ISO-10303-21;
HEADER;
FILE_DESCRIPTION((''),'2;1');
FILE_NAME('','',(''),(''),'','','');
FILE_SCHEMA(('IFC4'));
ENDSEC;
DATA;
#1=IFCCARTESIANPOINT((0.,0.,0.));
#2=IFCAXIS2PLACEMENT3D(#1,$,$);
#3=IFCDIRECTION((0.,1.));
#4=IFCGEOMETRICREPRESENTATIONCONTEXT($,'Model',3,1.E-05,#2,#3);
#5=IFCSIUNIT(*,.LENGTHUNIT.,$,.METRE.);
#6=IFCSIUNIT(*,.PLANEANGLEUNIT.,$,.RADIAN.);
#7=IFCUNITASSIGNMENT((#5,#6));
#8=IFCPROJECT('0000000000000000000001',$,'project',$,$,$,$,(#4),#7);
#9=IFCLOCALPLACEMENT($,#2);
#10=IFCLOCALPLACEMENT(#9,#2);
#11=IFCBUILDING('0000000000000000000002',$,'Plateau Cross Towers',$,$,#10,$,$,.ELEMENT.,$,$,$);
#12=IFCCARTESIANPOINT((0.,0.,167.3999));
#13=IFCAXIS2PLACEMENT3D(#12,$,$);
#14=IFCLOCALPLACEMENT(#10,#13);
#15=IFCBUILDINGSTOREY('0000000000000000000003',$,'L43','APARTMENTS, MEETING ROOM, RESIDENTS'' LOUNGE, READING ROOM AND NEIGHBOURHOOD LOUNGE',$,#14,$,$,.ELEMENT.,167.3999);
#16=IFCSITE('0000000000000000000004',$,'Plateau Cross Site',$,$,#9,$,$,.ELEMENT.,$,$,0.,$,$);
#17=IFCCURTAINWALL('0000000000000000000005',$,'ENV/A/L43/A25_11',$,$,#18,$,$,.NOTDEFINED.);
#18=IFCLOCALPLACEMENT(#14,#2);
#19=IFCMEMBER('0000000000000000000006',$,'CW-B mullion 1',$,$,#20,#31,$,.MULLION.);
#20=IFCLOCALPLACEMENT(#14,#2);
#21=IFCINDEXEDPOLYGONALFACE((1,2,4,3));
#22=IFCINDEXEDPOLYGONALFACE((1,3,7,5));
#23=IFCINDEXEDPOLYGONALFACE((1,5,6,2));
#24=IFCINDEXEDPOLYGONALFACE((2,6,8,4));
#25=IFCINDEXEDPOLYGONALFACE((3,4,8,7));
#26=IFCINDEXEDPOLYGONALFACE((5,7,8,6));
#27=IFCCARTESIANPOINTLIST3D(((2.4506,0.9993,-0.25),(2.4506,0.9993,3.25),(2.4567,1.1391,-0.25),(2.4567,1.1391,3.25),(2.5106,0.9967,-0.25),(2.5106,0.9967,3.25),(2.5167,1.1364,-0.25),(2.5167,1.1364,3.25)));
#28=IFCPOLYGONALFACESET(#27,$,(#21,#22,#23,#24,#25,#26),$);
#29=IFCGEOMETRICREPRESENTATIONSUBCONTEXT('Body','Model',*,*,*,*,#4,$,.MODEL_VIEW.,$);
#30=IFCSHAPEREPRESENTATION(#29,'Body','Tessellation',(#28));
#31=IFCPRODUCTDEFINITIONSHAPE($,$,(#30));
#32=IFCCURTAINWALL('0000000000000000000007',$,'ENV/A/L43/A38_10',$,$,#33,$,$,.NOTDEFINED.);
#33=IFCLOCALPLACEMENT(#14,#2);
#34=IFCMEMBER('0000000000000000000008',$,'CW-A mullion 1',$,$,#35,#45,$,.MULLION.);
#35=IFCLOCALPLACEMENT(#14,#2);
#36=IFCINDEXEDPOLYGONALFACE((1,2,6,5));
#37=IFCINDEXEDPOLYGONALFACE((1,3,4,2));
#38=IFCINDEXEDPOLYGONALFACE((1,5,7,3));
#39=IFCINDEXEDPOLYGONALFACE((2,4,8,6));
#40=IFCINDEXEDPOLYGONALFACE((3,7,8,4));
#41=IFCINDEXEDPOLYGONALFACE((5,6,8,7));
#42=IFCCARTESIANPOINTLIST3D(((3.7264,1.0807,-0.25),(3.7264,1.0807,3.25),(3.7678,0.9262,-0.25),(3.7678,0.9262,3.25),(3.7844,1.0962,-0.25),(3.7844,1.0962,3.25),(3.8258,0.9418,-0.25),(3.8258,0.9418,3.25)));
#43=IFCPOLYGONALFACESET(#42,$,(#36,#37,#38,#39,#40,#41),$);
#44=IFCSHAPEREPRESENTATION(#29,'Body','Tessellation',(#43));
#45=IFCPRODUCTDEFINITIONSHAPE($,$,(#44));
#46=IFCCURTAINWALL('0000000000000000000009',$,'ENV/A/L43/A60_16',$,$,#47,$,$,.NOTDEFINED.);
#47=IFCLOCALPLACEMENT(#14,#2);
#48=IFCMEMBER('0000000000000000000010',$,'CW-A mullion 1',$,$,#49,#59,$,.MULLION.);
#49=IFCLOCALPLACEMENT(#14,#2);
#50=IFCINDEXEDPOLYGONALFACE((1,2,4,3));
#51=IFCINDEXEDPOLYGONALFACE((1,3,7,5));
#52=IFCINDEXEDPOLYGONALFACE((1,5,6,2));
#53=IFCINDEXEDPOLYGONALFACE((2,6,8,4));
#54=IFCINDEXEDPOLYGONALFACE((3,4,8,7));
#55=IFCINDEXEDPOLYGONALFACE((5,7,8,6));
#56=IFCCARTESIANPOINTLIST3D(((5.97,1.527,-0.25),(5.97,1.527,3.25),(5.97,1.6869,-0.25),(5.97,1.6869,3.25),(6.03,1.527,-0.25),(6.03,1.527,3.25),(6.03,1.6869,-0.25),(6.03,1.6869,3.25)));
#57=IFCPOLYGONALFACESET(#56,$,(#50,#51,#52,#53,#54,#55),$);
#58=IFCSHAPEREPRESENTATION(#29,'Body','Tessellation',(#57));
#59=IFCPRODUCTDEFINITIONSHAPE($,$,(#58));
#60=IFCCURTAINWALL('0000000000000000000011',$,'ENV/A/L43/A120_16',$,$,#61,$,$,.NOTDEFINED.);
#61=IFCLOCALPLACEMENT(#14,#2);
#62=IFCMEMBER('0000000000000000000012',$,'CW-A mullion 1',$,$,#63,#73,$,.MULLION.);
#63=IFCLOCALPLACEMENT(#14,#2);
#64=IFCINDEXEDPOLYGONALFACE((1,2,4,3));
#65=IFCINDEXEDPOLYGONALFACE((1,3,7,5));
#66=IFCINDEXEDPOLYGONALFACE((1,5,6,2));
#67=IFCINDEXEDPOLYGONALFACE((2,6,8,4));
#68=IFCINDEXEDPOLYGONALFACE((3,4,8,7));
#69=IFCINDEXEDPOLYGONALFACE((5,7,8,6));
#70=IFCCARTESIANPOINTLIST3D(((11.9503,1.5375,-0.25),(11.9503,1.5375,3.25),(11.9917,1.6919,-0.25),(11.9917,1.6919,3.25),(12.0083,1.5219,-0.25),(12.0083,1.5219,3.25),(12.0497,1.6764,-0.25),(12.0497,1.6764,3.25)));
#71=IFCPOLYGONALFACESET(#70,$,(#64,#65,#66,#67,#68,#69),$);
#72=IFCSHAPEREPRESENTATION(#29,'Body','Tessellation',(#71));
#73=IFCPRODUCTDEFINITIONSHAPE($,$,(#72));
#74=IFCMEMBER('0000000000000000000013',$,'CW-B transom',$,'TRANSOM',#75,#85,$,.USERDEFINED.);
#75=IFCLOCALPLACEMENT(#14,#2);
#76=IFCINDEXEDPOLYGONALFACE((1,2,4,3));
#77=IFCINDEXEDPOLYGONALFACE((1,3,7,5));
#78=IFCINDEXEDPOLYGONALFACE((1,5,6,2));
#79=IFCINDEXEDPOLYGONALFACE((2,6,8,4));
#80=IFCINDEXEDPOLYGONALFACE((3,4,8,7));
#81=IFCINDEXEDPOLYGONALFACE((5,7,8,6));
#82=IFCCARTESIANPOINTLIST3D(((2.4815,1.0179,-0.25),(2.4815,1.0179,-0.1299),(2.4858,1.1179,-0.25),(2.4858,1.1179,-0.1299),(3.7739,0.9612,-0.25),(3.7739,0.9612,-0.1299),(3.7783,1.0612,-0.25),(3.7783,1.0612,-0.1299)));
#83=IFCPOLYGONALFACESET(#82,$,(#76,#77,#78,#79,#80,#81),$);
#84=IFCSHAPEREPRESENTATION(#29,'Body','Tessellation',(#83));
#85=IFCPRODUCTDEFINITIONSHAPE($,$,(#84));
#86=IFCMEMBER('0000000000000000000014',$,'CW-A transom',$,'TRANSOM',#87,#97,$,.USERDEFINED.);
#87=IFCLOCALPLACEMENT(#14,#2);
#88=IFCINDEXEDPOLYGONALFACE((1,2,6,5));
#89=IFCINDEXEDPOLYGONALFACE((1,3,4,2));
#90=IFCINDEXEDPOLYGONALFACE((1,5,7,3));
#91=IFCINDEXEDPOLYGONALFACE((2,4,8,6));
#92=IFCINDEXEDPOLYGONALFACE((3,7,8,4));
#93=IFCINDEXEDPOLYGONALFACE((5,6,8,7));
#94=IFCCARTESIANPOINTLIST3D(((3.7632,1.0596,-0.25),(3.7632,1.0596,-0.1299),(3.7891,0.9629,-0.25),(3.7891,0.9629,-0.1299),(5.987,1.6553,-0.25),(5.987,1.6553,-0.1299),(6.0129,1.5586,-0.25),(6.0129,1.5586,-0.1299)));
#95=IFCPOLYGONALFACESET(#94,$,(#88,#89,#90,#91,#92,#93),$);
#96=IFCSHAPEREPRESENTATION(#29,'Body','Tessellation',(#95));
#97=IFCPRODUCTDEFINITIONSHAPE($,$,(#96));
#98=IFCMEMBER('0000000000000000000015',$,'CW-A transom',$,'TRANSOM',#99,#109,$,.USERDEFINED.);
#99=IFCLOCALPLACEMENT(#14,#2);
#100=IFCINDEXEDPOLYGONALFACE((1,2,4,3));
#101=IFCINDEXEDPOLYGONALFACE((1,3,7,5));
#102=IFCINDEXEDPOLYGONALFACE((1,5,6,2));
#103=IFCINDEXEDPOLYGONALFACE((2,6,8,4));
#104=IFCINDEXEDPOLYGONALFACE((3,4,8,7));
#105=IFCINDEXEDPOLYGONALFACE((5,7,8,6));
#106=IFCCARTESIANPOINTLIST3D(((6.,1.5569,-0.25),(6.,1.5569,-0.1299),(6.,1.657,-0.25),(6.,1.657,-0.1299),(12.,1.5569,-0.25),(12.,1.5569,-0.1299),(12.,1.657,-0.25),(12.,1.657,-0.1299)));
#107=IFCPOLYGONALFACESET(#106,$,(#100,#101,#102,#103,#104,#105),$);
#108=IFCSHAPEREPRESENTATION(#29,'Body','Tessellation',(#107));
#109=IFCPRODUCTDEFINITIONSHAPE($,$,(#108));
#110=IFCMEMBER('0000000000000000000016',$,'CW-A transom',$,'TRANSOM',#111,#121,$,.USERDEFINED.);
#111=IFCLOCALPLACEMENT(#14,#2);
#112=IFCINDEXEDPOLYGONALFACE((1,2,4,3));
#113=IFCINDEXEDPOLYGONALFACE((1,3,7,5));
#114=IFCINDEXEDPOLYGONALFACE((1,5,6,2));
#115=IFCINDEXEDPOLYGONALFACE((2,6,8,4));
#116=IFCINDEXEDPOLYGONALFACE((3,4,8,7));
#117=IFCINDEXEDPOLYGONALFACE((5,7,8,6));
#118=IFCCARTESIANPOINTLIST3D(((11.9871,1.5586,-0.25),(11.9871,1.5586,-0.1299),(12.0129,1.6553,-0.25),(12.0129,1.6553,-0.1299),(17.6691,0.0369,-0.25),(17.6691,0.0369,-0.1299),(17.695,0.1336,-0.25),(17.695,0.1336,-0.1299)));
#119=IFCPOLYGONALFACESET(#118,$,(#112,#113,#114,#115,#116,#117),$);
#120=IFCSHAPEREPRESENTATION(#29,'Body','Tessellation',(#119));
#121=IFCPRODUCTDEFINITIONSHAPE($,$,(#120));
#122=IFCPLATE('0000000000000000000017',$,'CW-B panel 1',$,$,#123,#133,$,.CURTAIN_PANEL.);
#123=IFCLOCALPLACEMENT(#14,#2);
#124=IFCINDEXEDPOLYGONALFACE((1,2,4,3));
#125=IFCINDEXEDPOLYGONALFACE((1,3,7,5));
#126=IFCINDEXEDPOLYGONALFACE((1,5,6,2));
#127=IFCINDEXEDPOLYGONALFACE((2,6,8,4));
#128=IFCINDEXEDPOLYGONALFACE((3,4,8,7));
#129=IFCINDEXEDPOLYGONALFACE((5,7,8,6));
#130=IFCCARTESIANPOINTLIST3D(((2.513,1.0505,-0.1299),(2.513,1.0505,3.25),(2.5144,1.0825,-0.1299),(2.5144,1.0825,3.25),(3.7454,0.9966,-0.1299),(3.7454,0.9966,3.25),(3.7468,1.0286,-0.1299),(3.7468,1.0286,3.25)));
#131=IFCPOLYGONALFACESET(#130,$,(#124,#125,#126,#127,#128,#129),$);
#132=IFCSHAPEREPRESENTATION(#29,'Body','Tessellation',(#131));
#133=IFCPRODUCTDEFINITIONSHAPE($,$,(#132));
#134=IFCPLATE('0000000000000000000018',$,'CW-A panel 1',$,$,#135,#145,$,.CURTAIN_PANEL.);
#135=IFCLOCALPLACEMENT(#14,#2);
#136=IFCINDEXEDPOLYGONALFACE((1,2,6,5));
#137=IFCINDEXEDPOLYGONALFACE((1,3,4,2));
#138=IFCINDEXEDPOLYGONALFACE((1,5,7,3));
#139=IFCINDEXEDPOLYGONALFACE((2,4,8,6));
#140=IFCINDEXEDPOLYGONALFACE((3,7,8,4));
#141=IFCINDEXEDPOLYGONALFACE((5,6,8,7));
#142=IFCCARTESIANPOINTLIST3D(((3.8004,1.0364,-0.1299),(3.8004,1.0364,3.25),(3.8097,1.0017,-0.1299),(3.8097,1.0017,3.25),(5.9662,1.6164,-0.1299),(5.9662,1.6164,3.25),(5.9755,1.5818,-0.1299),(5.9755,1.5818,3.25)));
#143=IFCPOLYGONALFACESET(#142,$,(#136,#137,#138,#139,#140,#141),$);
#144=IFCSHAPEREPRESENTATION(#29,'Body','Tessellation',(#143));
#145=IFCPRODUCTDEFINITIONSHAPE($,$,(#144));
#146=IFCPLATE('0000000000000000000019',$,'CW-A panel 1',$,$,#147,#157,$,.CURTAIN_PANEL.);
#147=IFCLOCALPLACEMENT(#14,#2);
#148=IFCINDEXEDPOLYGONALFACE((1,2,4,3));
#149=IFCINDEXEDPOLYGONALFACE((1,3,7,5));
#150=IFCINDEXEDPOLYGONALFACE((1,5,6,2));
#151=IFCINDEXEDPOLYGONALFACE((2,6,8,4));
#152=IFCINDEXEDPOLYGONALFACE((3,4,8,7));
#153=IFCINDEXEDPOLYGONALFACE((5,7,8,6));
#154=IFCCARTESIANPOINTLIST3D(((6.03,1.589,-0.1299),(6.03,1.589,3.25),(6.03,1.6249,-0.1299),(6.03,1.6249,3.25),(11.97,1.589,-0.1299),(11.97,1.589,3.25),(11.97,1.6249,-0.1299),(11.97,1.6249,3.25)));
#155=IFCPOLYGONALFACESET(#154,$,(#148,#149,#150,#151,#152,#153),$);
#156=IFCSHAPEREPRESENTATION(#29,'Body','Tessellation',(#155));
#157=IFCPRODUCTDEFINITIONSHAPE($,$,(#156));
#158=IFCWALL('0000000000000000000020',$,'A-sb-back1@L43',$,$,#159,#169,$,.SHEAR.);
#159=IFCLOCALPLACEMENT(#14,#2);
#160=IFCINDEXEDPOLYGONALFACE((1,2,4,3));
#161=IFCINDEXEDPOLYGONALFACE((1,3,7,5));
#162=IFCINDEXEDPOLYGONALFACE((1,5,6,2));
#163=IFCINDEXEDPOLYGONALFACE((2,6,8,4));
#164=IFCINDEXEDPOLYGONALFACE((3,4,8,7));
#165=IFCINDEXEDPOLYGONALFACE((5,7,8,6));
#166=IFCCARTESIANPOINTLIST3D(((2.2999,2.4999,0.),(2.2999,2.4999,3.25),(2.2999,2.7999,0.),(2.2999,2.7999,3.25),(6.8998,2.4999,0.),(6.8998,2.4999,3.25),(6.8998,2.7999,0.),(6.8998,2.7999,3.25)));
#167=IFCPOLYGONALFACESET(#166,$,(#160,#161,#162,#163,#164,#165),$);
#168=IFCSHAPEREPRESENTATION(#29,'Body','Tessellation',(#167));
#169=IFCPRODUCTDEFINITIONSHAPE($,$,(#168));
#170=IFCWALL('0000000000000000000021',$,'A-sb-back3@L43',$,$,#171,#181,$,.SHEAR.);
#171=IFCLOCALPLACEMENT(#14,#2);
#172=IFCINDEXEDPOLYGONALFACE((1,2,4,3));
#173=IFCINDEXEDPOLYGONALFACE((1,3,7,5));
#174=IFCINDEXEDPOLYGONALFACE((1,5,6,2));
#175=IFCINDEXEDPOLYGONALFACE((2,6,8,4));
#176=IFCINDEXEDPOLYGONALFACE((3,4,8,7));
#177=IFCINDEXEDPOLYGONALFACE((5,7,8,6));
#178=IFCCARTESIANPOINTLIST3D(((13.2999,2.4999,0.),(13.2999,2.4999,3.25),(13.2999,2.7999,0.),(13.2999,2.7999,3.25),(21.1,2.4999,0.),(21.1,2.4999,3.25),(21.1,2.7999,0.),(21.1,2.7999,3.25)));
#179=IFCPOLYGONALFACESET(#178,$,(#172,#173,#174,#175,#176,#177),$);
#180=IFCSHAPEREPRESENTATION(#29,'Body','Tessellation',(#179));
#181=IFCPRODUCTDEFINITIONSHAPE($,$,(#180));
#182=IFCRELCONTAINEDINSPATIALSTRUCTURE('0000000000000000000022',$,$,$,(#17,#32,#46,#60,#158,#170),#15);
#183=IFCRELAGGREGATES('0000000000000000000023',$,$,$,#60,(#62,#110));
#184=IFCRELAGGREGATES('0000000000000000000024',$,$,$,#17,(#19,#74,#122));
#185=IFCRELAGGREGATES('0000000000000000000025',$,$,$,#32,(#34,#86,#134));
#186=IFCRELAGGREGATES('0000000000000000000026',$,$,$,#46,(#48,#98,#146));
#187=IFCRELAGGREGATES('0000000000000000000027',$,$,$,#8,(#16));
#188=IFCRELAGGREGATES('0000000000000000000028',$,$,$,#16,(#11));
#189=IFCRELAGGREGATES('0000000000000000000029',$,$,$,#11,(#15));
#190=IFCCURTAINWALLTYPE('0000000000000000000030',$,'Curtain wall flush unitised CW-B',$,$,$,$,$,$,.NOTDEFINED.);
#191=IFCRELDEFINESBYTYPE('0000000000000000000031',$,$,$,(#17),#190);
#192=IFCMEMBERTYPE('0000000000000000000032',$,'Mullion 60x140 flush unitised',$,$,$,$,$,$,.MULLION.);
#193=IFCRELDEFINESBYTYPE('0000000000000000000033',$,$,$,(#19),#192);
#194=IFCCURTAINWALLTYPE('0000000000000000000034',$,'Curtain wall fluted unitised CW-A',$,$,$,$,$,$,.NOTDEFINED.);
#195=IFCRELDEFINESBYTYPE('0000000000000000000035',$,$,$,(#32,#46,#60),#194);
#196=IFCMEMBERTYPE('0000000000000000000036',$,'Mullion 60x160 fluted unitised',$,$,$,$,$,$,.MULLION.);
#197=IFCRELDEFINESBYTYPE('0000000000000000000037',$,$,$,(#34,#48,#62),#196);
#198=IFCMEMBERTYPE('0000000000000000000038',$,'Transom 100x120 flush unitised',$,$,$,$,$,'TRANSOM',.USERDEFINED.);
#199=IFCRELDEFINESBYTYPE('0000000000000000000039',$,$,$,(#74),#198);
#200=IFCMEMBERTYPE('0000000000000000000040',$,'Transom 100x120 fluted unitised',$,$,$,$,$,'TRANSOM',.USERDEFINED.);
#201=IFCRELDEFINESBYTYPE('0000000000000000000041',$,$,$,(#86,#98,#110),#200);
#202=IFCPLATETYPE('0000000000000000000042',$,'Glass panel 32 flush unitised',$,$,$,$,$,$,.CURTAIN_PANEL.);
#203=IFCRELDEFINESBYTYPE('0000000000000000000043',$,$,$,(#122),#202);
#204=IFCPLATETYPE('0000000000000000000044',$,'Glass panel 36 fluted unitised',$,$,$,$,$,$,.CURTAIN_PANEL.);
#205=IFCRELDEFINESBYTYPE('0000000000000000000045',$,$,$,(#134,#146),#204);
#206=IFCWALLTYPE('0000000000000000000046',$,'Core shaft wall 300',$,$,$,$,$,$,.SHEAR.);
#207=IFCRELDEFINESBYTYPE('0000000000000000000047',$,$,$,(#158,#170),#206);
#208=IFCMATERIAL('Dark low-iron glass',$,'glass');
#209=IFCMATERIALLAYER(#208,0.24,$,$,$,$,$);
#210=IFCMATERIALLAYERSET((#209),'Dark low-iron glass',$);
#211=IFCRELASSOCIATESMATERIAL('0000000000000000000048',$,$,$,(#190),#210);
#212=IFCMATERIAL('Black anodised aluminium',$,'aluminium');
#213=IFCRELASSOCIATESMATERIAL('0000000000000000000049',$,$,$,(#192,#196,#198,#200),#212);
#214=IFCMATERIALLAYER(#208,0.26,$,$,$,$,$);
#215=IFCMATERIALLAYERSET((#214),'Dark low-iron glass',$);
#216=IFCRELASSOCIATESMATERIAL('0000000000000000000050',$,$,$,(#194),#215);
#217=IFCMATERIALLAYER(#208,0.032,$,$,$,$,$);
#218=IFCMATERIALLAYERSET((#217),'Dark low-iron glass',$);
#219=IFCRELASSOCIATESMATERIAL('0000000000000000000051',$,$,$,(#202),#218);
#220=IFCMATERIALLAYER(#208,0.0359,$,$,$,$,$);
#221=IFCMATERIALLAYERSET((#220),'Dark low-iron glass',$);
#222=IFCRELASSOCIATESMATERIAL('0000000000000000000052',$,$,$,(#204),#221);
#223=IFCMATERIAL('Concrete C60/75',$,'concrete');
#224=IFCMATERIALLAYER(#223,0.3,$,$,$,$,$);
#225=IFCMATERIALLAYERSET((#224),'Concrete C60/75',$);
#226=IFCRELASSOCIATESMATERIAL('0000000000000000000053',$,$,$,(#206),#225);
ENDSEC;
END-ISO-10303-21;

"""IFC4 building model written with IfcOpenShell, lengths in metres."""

from ifc_helpers import new_model, si_unit, direction, frame, frame_2d, origin, origin_2d, place, context, subcontext, project, spatial, rectangle, extrude, material, layer, layer_set, material_profile, profile_set, type_object, element, aggregate, save


model = new_model("IFC4")

# Units and contexts
model_context = context("Model", 3, precision=1e-05, world=origin(), true_north=direction((0.0, 1.0)))
body_context = subcontext(model_context, "Body", "Model", "MODEL_VIEW")
ifc_project = project(units=[si_unit("LENGTHUNIT", "METRE"), si_unit("PLANEANGLEUNIT", "RADIAN")], contexts=[model_context])

# Site, building, storey
site_placement = place(None, origin())
site = spatial("IfcSite", under=ifc_project, at=site_placement, Name="Plateau Cross Site", CompositionType="ELEMENT", RefElevation=0.0)
building_placement = place(site_placement, origin())
building = spatial("IfcBuilding", under=site, at=building_placement, Name="Plateau Cross Towers", CompositionType="ELEMENT")
storey_placement = place(building_placement, frame((0.0, 0.0, 167.3999)))
storey = spatial("IfcBuildingStorey", under=building, at=storey_placement, Name="L43", Description="APARTMENTS, MEETING ROOM, RESIDENTS' LOUNGE, READING ROOM AND NEIGHBOURHOOD LOUNGE", CompositionType="ELEMENT", Elevation=167.3999)

# Curtain walls, members
ifc_material_1 = material(Name="Dark low-iron glass", Category="glass")
ifc_layer_1 = layer(ifc_material_1, 0.24)
ifc_layer_set_1 = layer_set([ifc_layer_1], Name="Dark low-iron glass")
curtain_wall_type_1 = type_object("IfcCurtainWallType", Name="Curtain wall flush unitised CW-B", PredefinedType="NOTDEFINED", material=ifc_layer_set_1)
curtain_wall_1_placement = place(storey_placement, origin())
curtain_wall_1 = element("IfcCurtainWall", 1, at=curtain_wall_1_placement, inside=storey, type_object=curtain_wall_type_1, Name="ENV/A/L43/A25_11", PredefinedType="NOTDEFINED")
ifc_material_2 = material(Name="Black anodised aluminium", Category="aluminium")
ifc_material_profile_1 = material_profile(ifc_material_2, rectangle(XDim=0.0601, YDim=0.1399, at=origin_2d()), Name="MULLION 60x140")
ifc_profile_set_1 = profile_set([ifc_material_profile_1], Name="Black anodised aluminium")
member_type_1 = type_object("IfcMemberType", Name="Mullion 60x140 flush unitised", PredefinedType="MULLION", material=ifc_profile_set_1)
member_1_placement = place(storey_placement, frame((2.4836, 1.0679, -0.25), z_axis=(0.0, 0.0, 1.0), x_axis=(0.999044, -0.043723, 0.0)))
member_1 = element("IfcMember", 2, at=member_1_placement, type_object=member_type_1, Name="CW-B mullion 1", PredefinedType="MULLION", context=body_context, shape_type="SweptSolid", body=[
    extrude(rectangle(XDim=0.0601, YDim=0.1399, at=origin_2d()), origin(), (0.0, 0.0, 1.0), 3.5),
])
ifc_layer_2 = layer(ifc_material_1, 0.26)
ifc_layer_set_2 = layer_set([ifc_layer_2], Name="Dark low-iron glass")
curtain_wall_type_2 = type_object("IfcCurtainWallType", Name="Curtain wall fluted unitised CW-A", PredefinedType="NOTDEFINED", material=ifc_layer_set_2)
curtain_wall_2_placement = place(storey_placement, origin())
curtain_wall_2 = element("IfcCurtainWall", 3, at=curtain_wall_2_placement, inside=storey, type_object=curtain_wall_type_2, Name="ENV/A/L43/A38_10", PredefinedType="NOTDEFINED")
ifc_material_profile_2 = material_profile(ifc_material_2, rectangle(XDim=0.0601, YDim=0.1599, at=origin_2d()), Name="MULLION 60x160")
ifc_profile_set_2 = profile_set([ifc_material_profile_2], Name="Black anodised aluminium")
member_type_2 = type_object("IfcMemberType", Name="Mullion 60x160 fluted unitised", PredefinedType="MULLION", material=ifc_profile_set_2)
member_2_placement = place(storey_placement, frame((3.7761, 1.0112, -0.25), z_axis=(0.0, 0.0, 1.0), x_axis=(0.965958, 0.258699, 0.0)))
member_2 = element("IfcMember", 4, at=member_2_placement, type_object=member_type_2, Name="CW-A mullion 1", PredefinedType="MULLION", context=body_context, shape_type="SweptSolid", body=[
    extrude(rectangle(XDim=0.0601, YDim=0.1599, at=origin_2d()), origin(), (0.0, 0.0, 1.0), 3.5),
])
curtain_wall_3_placement = place(storey_placement, origin())
curtain_wall_3 = element("IfcCurtainWall", 5, at=curtain_wall_3_placement, inside=storey, type_object=curtain_wall_type_2, Name="ENV/A/L43/A60_16", PredefinedType="NOTDEFINED")
member_3_placement = place(storey_placement, frame((6.0, 1.6069, -0.25), z_axis=(0.0, 0.0, 1.0), x_axis=(1.0, 0.0, 0.0)))
member_3 = element("IfcMember", 6, at=member_3_placement, type_object=member_type_2, Name="CW-A mullion 1", PredefinedType="MULLION", context=body_context, shape_type="SweptSolid", body=[
    extrude(rectangle(XDim=0.0601, YDim=0.1599, at=origin_2d()), origin(), (0.0, 0.0, 1.0), 3.5),
])
curtain_wall_4_placement = place(storey_placement, origin())
curtain_wall_4 = element("IfcCurtainWall", 7, at=curtain_wall_4_placement, inside=storey, type_object=curtain_wall_type_2, Name="ENV/A/L43/A120_16", PredefinedType="NOTDEFINED")
member_4_placement = place(storey_placement, frame((12.0, 1.6069, -0.25), z_axis=(0.0, 0.0, 1.0), x_axis=(0.965958, -0.258699, 0.0)))
member_4 = element("IfcMember", 8, at=member_4_placement, type_object=member_type_2, Name="CW-A mullion 1", PredefinedType="MULLION", context=body_context, shape_type="SweptSolid", body=[
    extrude(rectangle(XDim=0.0601, YDim=0.1599, at=origin_2d()), origin(), (0.0, 0.0, 1.0), 3.5),
])

# Members
ifc_material_profile_3 = material_profile(ifc_material_2, rectangle(XDim=0.1001, YDim=0.1201, at=origin_2d()), Name="TRANSOM 100x120")
ifc_profile_set_3 = profile_set([ifc_material_profile_3], Name="Black anodised aluminium")
member_type_3 = type_object("IfcMemberType", Name="Transom 100x120 flush unitised", ElementType="TRANSOM", PredefinedType="USERDEFINED", material=ifc_profile_set_3)
member_5_placement = place(storey_placement, frame((2.4836, 1.0679, -0.1899), z_axis=(0.999041, -0.043781, 0.0), x_axis=(0.043781, 0.999041, 0.0)))
member_5 = element("IfcMember", 9, at=member_5_placement, type_object=member_type_3, Name="CW-B transom", ObjectType="TRANSOM", PredefinedType="USERDEFINED", context=body_context, shape_type="SweptSolid", body=[
    extrude(rectangle(XDim=0.1001, YDim=0.1201, at=origin_2d()), origin(), (0.0, 0.0, 1.0), 1.2937),
])
ifc_material_profile_4 = material_profile(ifc_material_2, rectangle(XDim=0.1001, YDim=0.1201, at=origin_2d()), Name="TRANSOM 100x120")
ifc_profile_set_4 = profile_set([ifc_material_profile_4], Name="Black anodised aluminium")
member_type_4 = type_object("IfcMemberType", Name="Transom 100x120 fluted unitised", ElementType="TRANSOM", PredefinedType="USERDEFINED", material=ifc_profile_set_4)
member_6_placement = place(storey_placement, frame((3.7761, 1.0112, -0.1899), z_axis=(0.965946, 0.258745, 0.0), x_axis=(-0.258745, 0.965946, 0.0)))
member_6 = element("IfcMember", 10, at=member_6_placement, type_object=member_type_4, Name="CW-A transom", ObjectType="TRANSOM", PredefinedType="USERDEFINED", context=body_context, shape_type="SweptSolid", body=[
    extrude(rectangle(XDim=0.1001, YDim=0.1201, at=origin_2d()), origin(), (0.0, 0.0, 1.0), 2.3022),
])
member_7_placement = place(storey_placement, frame((6.0, 1.6069, -0.1899), z_axis=(1.0, 0.0, 0.0), x_axis=(0.0, 1.0, 0.0)))
member_7 = element("IfcMember", 11, at=member_7_placement, type_object=member_type_4, Name="CW-A transom", ObjectType="TRANSOM", PredefinedType="USERDEFINED", context=body_context, shape_type="SweptSolid", body=[
    extrude(rectangle(XDim=0.1001, YDim=0.1201, at=origin_2d()), origin(), (0.0, 0.0, 1.0), 6.0),
])
member_8_placement = place(storey_placement, frame((12.0, 1.6069, -0.1899), z_axis=(0.96596, -0.258693, 0.0), x_axis=(0.258693, 0.96596, 0.0)))
member_8 = element("IfcMember", 12, at=member_8_placement, type_object=member_type_4, Name="CW-A transom", ObjectType="TRANSOM", PredefinedType="USERDEFINED", context=body_context, shape_type="SweptSolid", body=[
    extrude(rectangle(XDim=0.1001, YDim=0.1201, at=origin_2d()), origin(), (0.0, 0.0, 1.0), 5.8823),
])
aggregate(curtain_wall_4, [member_4, member_8])

# Plates
ifc_layer_3 = layer(ifc_material_1, 0.032)
ifc_layer_set_3 = layer_set([ifc_layer_3], Name="Dark low-iron glass")
plate_type_1 = type_object("IfcPlateType", Name="Glass panel 32 flush unitised", PredefinedType="CURTAIN_PANEL", material=ifc_layer_set_3)
plate_1_placement = place(storey_placement, frame((3.1299, 1.0396, -0.1299), z_axis=(0.0, 0.0, 1.0), x_axis=(0.999044, -0.043723, 0.0)))
plate_1 = element("IfcPlate", 13, at=plate_1_placement, type_object=plate_type_1, Name="CW-B panel 1", PredefinedType="CURTAIN_PANEL", context=body_context, shape_type="SweptSolid", body=[
    extrude(rectangle(XDim=1.2336, YDim=0.032, at=origin_2d()), origin(), (0.0, 0.0, 1.0), 3.3799),
])
aggregate(curtain_wall_1, [member_1, member_5, plate_1])
ifc_layer_4 = layer(ifc_material_1, 0.0359)
ifc_layer_set_4 = layer_set([ifc_layer_4], Name="Dark low-iron glass")
plate_type_2 = type_object("IfcPlateType", Name="Glass panel 36 fluted unitised", PredefinedType="CURTAIN_PANEL", material=ifc_layer_set_4)
plate_2_placement = place(storey_placement, frame((4.8879, 1.3091, -0.1299), z_axis=(0.0, 0.0, 1.0), x_axis=(0.965958, 0.258699, 0.0)))
plate_2 = element("IfcPlate", 14, at=plate_2_placement, type_object=plate_type_2, Name="CW-A panel 1", PredefinedType="CURTAIN_PANEL", context=body_context, shape_type="SweptSolid", body=[
    extrude(rectangle(XDim=2.2422, YDim=0.0359, at=origin_2d()), origin(), (0.0, 0.0, 1.0), 3.3799),
])
aggregate(curtain_wall_2, [member_2, member_6, plate_2])
plate_3_placement = place(storey_placement, frame((9.0, 1.6069, -0.1299), z_axis=(0.0, 0.0, 1.0), x_axis=(1.0, 0.0, 0.0)))
plate_3 = element("IfcPlate", 15, at=plate_3_placement, type_object=plate_type_2, Name="CW-A panel 1", PredefinedType="CURTAIN_PANEL", context=body_context, shape_type="SweptSolid", body=[
    extrude(rectangle(XDim=5.9399, YDim=0.0359, at=origin_2d()), origin(), (0.0, 0.0, 1.0), 3.3799),
])
aggregate(curtain_wall_3, [member_3, member_7, plate_3])

# Walls
ifc_material_3 = material(Name="Concrete C60/75", Category="concrete")
ifc_layer_5 = layer(ifc_material_3, 0.3)
ifc_layer_set_5 = layer_set([ifc_layer_5], Name="Concrete C60/75")
wall_type_1 = type_object("IfcWallType", Name="Core shaft wall 300", PredefinedType="SHEAR", material=ifc_layer_set_5)
wall_1_placement = place(storey_placement, frame((2.3, 2.6499, 0.0), z_axis=(0.0, 0.0, 1.0), x_axis=(1.0, 0.0, 0.0)))
element("IfcWall", 16, at=wall_1_placement, inside=storey, type_object=wall_type_1, Name="A-sb-back1@L43", PredefinedType="SHEAR", context=body_context, shape_type="SweptSolid", body=[
    extrude(rectangle(XDim=4.5999, YDim=0.3, at=frame_2d((2.2998, 0.0))), origin(), (0.0, 0.0, 1.0), 3.25),
])
wall_2_placement = place(storey_placement, frame((13.3, 2.6499, 0.0), z_axis=(0.0, 0.0, 1.0), x_axis=(1.0, 0.0, 0.0)))
element("IfcWall", 17, at=wall_2_placement, inside=storey, type_object=wall_type_1, Name="A-sb-back3@L43", PredefinedType="SHEAR", context=body_context, shape_type="SweptSolid", body=[
    extrude(rectangle(XDim=7.8, YDim=0.3, at=frame_2d((3.8999, 0.0))), origin(), (0.0, 0.0, 1.0), 3.25),
])

save(model, "model.ifc")
